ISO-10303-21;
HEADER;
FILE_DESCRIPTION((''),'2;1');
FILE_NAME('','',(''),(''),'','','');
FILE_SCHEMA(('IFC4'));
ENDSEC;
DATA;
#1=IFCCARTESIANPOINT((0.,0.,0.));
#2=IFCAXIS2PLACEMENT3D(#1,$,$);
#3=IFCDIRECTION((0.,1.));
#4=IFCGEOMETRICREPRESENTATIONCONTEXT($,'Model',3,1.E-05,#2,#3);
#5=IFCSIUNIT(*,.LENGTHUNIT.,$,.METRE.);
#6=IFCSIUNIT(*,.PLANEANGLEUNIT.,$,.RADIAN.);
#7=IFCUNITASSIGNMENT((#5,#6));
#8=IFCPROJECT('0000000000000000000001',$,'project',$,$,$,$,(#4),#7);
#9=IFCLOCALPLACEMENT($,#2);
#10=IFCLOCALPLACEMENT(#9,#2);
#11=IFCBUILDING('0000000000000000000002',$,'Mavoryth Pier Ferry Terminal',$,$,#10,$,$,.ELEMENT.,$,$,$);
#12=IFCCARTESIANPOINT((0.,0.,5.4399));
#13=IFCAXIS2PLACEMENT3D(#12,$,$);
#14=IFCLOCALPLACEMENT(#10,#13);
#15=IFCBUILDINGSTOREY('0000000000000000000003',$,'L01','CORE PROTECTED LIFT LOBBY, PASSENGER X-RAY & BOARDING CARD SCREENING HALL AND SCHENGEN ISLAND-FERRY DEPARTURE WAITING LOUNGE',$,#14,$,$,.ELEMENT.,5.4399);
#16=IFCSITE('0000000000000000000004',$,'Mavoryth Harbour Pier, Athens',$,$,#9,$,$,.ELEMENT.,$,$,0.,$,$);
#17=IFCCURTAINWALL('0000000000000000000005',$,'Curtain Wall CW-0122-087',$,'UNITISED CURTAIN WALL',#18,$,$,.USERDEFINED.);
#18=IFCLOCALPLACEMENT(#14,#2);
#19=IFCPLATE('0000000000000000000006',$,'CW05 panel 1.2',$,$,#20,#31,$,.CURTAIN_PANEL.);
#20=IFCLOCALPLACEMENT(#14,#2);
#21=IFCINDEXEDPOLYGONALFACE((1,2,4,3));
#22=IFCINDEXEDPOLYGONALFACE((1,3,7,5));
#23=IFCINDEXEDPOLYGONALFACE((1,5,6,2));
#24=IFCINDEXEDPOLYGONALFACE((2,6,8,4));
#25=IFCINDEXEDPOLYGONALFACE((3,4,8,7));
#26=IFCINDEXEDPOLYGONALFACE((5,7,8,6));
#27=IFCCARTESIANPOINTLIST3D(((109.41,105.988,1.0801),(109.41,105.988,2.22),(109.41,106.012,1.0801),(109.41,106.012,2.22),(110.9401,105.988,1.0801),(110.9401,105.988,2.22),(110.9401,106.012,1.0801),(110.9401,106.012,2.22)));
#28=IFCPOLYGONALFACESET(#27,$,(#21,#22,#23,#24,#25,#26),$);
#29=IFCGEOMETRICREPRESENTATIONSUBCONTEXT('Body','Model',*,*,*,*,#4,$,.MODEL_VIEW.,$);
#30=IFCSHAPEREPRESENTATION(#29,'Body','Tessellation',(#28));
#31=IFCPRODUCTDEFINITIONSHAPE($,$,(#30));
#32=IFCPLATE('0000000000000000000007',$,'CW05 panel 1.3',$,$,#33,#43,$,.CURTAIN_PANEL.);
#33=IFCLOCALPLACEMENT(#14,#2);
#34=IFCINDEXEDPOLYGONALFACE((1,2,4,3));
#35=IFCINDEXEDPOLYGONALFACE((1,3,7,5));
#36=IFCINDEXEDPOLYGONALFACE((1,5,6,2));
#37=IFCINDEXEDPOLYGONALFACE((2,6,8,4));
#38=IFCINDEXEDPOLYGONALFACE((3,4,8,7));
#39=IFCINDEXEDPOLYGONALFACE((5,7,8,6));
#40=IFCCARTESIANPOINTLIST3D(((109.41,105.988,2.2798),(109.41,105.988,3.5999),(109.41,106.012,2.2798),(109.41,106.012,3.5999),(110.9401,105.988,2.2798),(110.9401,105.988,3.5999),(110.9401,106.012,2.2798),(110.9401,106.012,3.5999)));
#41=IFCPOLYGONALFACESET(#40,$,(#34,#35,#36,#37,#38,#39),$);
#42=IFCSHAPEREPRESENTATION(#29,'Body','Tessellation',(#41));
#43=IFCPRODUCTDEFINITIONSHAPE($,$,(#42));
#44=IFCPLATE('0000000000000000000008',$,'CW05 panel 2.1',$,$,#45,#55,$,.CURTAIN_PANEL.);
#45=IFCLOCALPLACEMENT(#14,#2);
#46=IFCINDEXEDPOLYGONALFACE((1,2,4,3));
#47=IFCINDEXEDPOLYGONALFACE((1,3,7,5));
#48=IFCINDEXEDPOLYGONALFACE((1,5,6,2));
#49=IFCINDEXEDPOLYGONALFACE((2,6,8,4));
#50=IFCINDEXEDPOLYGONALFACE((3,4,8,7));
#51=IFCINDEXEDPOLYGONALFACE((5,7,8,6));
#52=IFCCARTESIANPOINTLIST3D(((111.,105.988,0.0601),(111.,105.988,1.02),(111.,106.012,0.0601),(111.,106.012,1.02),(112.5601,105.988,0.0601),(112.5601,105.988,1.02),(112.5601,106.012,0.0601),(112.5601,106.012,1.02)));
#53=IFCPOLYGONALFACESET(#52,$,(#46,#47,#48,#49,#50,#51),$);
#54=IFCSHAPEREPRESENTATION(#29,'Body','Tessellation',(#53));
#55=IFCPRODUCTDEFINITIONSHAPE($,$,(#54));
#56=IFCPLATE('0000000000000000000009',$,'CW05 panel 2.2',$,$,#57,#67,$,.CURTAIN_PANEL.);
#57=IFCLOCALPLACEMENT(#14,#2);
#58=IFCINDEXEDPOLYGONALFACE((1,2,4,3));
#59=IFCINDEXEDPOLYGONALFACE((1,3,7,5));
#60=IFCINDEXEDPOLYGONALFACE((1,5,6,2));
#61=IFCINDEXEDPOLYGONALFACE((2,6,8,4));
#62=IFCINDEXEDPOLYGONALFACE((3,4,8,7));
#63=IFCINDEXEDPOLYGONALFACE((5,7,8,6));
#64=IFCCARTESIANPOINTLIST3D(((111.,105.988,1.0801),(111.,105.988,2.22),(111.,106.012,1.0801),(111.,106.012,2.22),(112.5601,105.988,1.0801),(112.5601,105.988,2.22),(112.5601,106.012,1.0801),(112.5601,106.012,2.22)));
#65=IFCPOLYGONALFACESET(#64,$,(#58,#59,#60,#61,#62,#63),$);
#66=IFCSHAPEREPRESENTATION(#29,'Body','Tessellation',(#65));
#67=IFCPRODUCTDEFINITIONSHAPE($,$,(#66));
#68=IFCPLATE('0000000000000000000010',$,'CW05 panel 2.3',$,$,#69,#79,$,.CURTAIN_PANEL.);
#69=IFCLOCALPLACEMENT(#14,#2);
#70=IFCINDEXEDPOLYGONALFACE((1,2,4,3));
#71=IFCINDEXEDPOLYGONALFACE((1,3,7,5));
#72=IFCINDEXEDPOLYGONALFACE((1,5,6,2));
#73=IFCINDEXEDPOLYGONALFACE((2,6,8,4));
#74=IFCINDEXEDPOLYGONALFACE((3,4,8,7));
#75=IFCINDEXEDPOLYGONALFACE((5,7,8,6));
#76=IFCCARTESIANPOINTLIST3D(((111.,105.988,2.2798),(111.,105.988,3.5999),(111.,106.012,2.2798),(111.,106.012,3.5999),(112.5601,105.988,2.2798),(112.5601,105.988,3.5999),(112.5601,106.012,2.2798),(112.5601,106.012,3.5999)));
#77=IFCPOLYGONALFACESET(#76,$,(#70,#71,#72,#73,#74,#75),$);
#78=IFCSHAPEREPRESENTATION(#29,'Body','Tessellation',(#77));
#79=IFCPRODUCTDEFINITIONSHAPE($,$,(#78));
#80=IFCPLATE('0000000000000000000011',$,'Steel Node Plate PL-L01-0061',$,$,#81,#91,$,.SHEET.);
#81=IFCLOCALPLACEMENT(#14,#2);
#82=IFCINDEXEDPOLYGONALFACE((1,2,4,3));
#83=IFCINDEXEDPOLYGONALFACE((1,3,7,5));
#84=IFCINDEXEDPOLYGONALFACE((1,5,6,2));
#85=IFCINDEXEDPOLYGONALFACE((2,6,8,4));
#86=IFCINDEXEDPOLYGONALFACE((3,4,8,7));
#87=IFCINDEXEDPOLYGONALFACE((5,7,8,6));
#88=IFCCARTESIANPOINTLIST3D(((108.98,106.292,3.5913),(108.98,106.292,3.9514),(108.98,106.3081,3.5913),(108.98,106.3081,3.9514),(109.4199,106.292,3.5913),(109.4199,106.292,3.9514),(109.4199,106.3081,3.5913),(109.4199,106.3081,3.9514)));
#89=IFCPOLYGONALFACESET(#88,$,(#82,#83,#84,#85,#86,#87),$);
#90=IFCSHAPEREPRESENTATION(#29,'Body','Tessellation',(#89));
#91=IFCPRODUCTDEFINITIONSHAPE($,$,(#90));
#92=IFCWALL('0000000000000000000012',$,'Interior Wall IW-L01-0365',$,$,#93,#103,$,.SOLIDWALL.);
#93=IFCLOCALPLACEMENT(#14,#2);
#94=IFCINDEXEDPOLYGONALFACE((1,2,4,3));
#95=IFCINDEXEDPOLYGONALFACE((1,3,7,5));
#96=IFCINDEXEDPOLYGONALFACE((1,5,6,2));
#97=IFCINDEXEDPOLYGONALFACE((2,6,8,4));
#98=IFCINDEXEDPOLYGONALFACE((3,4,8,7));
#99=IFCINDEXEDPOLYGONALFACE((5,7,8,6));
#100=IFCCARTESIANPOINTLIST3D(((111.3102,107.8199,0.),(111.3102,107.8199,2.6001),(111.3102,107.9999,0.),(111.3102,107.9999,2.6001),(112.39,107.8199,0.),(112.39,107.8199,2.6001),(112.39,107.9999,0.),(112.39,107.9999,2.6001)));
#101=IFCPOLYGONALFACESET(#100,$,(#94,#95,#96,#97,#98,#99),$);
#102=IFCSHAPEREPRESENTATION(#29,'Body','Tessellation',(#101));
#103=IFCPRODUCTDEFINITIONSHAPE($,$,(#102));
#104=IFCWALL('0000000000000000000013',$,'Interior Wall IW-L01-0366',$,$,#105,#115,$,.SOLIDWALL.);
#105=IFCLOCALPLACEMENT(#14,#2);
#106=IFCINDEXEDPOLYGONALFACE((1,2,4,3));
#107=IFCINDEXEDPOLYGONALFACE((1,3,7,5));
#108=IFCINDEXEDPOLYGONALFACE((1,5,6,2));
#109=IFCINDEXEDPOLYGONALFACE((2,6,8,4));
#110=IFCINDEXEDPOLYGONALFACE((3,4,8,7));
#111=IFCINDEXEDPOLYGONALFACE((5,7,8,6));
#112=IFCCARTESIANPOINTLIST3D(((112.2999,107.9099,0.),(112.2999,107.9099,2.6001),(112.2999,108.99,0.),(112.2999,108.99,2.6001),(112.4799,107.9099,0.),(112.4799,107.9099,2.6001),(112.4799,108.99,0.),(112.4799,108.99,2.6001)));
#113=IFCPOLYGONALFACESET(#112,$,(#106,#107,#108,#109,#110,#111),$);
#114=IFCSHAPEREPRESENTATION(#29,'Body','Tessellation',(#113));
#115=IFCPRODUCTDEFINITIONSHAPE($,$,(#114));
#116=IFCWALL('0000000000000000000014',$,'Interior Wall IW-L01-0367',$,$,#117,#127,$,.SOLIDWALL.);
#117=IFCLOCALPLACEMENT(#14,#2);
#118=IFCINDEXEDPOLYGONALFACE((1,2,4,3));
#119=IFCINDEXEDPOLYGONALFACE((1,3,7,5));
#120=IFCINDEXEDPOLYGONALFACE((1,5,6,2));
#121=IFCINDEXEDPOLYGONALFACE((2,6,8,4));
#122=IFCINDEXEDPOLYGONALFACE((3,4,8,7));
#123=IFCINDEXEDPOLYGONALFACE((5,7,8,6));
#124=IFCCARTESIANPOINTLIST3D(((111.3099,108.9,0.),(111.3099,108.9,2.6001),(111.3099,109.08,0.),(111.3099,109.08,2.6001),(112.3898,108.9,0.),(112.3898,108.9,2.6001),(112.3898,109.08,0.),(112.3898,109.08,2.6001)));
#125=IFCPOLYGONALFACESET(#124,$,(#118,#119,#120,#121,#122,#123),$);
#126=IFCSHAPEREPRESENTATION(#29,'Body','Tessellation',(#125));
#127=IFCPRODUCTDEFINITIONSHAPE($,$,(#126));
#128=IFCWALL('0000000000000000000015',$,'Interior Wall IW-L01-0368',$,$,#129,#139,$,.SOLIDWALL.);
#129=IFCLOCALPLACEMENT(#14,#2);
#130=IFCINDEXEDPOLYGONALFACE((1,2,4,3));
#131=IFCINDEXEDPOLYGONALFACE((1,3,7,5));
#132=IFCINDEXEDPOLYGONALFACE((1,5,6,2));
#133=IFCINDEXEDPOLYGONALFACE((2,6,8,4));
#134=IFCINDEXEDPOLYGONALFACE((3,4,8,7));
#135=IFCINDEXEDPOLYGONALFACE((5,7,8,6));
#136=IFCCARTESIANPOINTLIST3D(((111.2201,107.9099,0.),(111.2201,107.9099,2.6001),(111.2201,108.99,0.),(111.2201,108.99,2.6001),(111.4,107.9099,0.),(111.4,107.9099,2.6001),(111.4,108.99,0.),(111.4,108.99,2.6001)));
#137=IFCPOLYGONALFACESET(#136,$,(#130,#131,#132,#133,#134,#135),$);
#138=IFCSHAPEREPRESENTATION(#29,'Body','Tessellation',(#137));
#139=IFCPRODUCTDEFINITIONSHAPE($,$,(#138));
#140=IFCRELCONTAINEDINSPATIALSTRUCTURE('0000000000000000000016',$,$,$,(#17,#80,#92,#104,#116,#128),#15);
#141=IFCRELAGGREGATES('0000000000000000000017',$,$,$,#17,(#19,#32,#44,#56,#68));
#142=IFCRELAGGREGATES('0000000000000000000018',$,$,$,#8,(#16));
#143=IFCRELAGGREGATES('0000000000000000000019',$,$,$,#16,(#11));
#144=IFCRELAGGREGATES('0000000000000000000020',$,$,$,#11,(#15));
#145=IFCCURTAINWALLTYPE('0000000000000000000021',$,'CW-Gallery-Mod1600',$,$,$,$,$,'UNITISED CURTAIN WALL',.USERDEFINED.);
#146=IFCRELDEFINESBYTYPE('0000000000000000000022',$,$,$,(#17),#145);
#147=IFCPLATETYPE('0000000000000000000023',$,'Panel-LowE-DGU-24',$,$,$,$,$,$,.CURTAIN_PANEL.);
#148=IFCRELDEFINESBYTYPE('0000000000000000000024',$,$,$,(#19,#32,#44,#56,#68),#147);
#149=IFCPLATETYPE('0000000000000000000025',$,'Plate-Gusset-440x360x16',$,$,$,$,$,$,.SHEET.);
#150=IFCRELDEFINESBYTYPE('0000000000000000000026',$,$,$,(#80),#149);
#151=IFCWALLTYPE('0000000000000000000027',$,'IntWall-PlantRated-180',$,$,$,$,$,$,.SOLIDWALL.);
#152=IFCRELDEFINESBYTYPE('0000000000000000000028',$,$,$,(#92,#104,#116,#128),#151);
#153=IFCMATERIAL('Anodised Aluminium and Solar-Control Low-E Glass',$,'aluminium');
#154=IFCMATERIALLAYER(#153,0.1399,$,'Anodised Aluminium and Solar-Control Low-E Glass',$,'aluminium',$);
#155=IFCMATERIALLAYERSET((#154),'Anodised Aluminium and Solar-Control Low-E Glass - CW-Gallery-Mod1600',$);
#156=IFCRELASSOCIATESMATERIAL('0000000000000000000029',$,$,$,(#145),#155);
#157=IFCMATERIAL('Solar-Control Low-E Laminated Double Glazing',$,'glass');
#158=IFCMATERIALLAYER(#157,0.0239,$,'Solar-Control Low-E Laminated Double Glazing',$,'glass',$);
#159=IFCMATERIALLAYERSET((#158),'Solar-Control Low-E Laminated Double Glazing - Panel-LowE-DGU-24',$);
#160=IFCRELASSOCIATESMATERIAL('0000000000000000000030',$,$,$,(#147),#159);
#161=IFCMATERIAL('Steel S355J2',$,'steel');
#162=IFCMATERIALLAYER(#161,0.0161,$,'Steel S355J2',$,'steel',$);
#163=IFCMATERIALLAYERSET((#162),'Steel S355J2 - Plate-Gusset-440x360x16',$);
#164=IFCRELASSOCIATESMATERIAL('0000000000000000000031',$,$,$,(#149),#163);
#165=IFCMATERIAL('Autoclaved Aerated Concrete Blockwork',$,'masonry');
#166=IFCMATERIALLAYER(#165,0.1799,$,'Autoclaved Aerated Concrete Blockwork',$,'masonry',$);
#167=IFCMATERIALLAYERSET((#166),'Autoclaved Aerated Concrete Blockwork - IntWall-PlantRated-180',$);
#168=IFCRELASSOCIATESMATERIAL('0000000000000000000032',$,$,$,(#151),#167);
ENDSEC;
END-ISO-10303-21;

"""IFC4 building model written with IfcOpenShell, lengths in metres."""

from ifc_helpers import new_model, si_unit, direction, frame, frame_2d, origin, origin_2d, place, context, subcontext, project, spatial, rectangle, extrude, material, layer, layer_set, type_object, element, aggregate, save


model = new_model("IFC4")

# Units and contexts
model_context = context("Model", 3, precision=1e-05, world=origin(), true_north=direction((0.0, 1.0)))
body_context = subcontext(model_context, "Body", "Model", "MODEL_VIEW")
ifc_project = project(units=[si_unit("LENGTHUNIT", "METRE"), si_unit("PLANEANGLEUNIT", "RADIAN")], contexts=[model_context])

# Site, building, storey
site_placement = place(None, origin())
site = spatial("IfcSite", under=ifc_project, at=site_placement, Name="Mavoryth Harbour Pier, Athens", CompositionType="ELEMENT", RefElevation=0.0)
building_placement = place(site_placement, origin())
building = spatial("IfcBuilding", under=site, at=building_placement, Name="Mavoryth Pier Ferry Terminal", CompositionType="ELEMENT")
storey_placement = place(building_placement, frame((0.0, 0.0, 5.4399)))
storey = spatial("IfcBuildingStorey", under=building, at=storey_placement, Name="L01", Description="CORE PROTECTED LIFT LOBBY, PASSENGER X-RAY & BOARDING CARD SCREENING HALL AND SCHENGEN ISLAND-FERRY DEPARTURE WAITING LOUNGE", CompositionType="ELEMENT", Elevation=5.4399)

# Shared definitions
ifc_material_1 = material(Name="Steel S355J2", Category="steel")

# Curtain wall
ifc_material_2 = material(Name="Anodised Aluminium and Solar-Control Low-E Glass", Category="aluminium")
ifc_layer_1 = layer(ifc_material_2, 0.1399, Name="Anodised Aluminium and Solar-Control Low-E Glass", Category="aluminium")
ifc_layer_set_1 = layer_set([ifc_layer_1], Name="Anodised Aluminium and Solar-Control Low-E Glass - CW-Gallery-Mod1600")
curtain_wall_type = type_object("IfcCurtainWallType", Name="CW-Gallery-Mod1600", ElementType="UNITISED CURTAIN WALL", PredefinedType="USERDEFINED", material=ifc_layer_set_1)
curtain_wall_1_placement = place(storey_placement, origin())
curtain_wall_1 = element("IfcCurtainWall", 1, at=curtain_wall_1_placement, inside=storey, type_object=curtain_wall_type, Name="Curtain Wall CW-0122-087", ObjectType="UNITISED CURTAIN WALL", PredefinedType="USERDEFINED")

# Plates
ifc_material_3 = material(Name="Solar-Control Low-E Laminated Double Glazing", Category="glass")
ifc_layer_2 = layer(ifc_material_3, 0.0239, Name="Solar-Control Low-E Laminated Double Glazing", Category="glass")
ifc_layer_set_2 = layer_set([ifc_layer_2], Name="Solar-Control Low-E Laminated Double Glazing - Panel-LowE-DGU-24")
plate_type_1 = type_object("IfcPlateType", Name="Panel-LowE-DGU-24", PredefinedType="CURTAIN_PANEL", material=ifc_layer_set_2)
plate_1_placement = place(storey_placement, frame((110.175, 106.0, 1.0801), z_axis=(0.0, 0.0, 1.0), x_axis=(1.0, 0.0, 0.0)))
plate_1 = element("IfcPlate", 2, at=plate_1_placement, type_object=plate_type_1, Name="CW05 panel 1.2", PredefinedType="CURTAIN_PANEL", context=body_context, shape_type="SweptSolid", body=[
    extrude(rectangle(XDim=1.53, YDim=0.0239, at=origin_2d()), origin(), (0.0, 0.0, 1.0), 1.1399),
])
plate_2_placement = place(storey_placement, frame((110.175, 106.0, 2.2798), z_axis=(0.0, 0.0, 1.0), x_axis=(1.0, 0.0, 0.0)))
plate_2 = element("IfcPlate", 3, at=plate_2_placement, type_object=plate_type_1, Name="CW05 panel 1.3", PredefinedType="CURTAIN_PANEL", context=body_context, shape_type="SweptSolid", body=[
    extrude(rectangle(XDim=1.53, YDim=0.0239, at=origin_2d()), origin(), (0.0, 0.0, 1.0), 1.3201),
])
plate_3_placement = place(storey_placement, frame((111.78, 106.0, 0.0601), z_axis=(0.0, 0.0, 1.0), x_axis=(1.0, 0.0, 0.0)))
plate_3 = element("IfcPlate", 4, at=plate_3_placement, type_object=plate_type_1, Name="CW05 panel 2.1", PredefinedType="CURTAIN_PANEL", context=body_context, shape_type="SweptSolid", body=[
    extrude(rectangle(XDim=1.5601, YDim=0.0239, at=origin_2d()), origin(), (0.0, 0.0, 1.0), 0.96),
])
plate_4_placement = place(storey_placement, frame((111.78, 106.0, 1.0801), z_axis=(0.0, 0.0, 1.0), x_axis=(1.0, 0.0, 0.0)))
plate_4 = element("IfcPlate", 5, at=plate_4_placement, type_object=plate_type_1, Name="CW05 panel 2.2", PredefinedType="CURTAIN_PANEL", context=body_context, shape_type="SweptSolid", body=[
    extrude(rectangle(XDim=1.5601, YDim=0.0239, at=origin_2d()), origin(), (0.0, 0.0, 1.0), 1.1399),
])
plate_5_placement = place(storey_placement, frame((111.78, 106.0, 2.2798), z_axis=(0.0, 0.0, 1.0), x_axis=(1.0, 0.0, 0.0)))
plate_5 = element("IfcPlate", 6, at=plate_5_placement, type_object=plate_type_1, Name="CW05 panel 2.3", PredefinedType="CURTAIN_PANEL", context=body_context, shape_type="SweptSolid", body=[
    extrude(rectangle(XDim=1.5601, YDim=0.0239, at=origin_2d()), origin(), (0.0, 0.0, 1.0), 1.3201),
])
aggregate(curtain_wall_1, [plate_1, plate_2, plate_3, plate_4, plate_5])
ifc_layer_3 = layer(ifc_material_1, 0.0161, Name="Steel S355J2", Category="steel")
ifc_layer_set_3 = layer_set([ifc_layer_3], Name="Steel S355J2 - Plate-Gusset-440x360x16")
plate_type_2 = type_object("IfcPlateType", Name="Plate-Gusset-440x360x16", PredefinedType="SHEET", material=ifc_layer_set_3)
plate_6_placement = place(storey_placement, frame((109.2, 106.3, 3.5913), z_axis=(0.0, 0.0, 1.0), x_axis=(1.0, 0.0, 0.0)))
element("IfcPlate", 7, at=plate_6_placement, inside=storey, type_object=plate_type_2, Name="Steel Node Plate PL-L01-0061", PredefinedType="SHEET", context=body_context, shape_type="SweptSolid", body=[
    extrude(rectangle(XDim=0.4399, YDim=0.0161, at=origin_2d()), origin(), (0.0, 0.0, 1.0), 0.3601),
])

# Walls
ifc_material_4 = material(Name="Autoclaved Aerated Concrete Blockwork", Category="masonry")
ifc_layer_4 = layer(ifc_material_4, 0.1799, Name="Autoclaved Aerated Concrete Blockwork", Category="masonry")
ifc_layer_set_4 = layer_set([ifc_layer_4], Name="Autoclaved Aerated Concrete Blockwork - IntWall-PlantRated-180")
wall_type = type_object("IfcWallType", Name="IntWall-PlantRated-180", PredefinedType="SOLIDWALL", material=ifc_layer_set_4)
wall_1_placement = place(storey_placement, frame((111.3101, 107.9099, 0.0), z_axis=(0.0, 0.0, 1.0), x_axis=(1.0, 0.0, 0.0)))
element("IfcWall", 8, at=wall_1_placement, inside=storey, type_object=wall_type, Name="Interior Wall IW-L01-0365", PredefinedType="SOLIDWALL", context=body_context, shape_type="SweptSolid", body=[
    extrude(rectangle(XDim=1.0798, YDim=0.1799, at=frame_2d((0.54, 0.0))), origin(), (0.0, 0.0, 1.0), 2.6001),
])
wall_2_placement = place(storey_placement, frame((112.3899, 107.9099, 0.0), z_axis=(0.0, 0.0, 1.0), x_axis=(0.0, 1.0, 0.0)))
element("IfcWall", 9, at=wall_2_placement, inside=storey, type_object=wall_type, Name="Interior Wall IW-L01-0366", PredefinedType="SOLIDWALL", context=body_context, shape_type="SweptSolid", body=[
    extrude(rectangle(XDim=1.0801, YDim=0.1799, at=frame_2d((0.54, 0.0))), origin(), (0.0, 0.0, 1.0), 2.6001),
])
wall_3_placement = place(storey_placement, frame((112.3899, 108.99, 0.0), z_axis=(0.0, 0.0, 1.0), x_axis=(-1.0, 0.0, 0.0)))
element("IfcWall", 10, at=wall_3_placement, inside=storey, type_object=wall_type, Name="Interior Wall IW-L01-0367", PredefinedType="SOLIDWALL", context=body_context, shape_type="SweptSolid", body=[
    extrude(rectangle(XDim=1.0798, YDim=0.1799, at=frame_2d((0.54, 0.0))), origin(), (0.0, 0.0, 1.0), 2.6001),
])
wall_4_placement = place(storey_placement, frame((111.3101, 108.99, 0.0), z_axis=(0.0, 0.0, 1.0), x_axis=(0.0, -1.0, 0.0)))
element("IfcWall", 11, at=wall_4_placement, inside=storey, type_object=wall_type, Name="Interior Wall IW-L01-0368", PredefinedType="SOLIDWALL", context=body_context, shape_type="SweptSolid", body=[
    extrude(rectangle(XDim=1.0801, YDim=0.1799, at=frame_2d((0.54, 0.0))), origin(), (0.0, 0.0, 1.0), 2.6001),
])

save(model, "model.ifc")
